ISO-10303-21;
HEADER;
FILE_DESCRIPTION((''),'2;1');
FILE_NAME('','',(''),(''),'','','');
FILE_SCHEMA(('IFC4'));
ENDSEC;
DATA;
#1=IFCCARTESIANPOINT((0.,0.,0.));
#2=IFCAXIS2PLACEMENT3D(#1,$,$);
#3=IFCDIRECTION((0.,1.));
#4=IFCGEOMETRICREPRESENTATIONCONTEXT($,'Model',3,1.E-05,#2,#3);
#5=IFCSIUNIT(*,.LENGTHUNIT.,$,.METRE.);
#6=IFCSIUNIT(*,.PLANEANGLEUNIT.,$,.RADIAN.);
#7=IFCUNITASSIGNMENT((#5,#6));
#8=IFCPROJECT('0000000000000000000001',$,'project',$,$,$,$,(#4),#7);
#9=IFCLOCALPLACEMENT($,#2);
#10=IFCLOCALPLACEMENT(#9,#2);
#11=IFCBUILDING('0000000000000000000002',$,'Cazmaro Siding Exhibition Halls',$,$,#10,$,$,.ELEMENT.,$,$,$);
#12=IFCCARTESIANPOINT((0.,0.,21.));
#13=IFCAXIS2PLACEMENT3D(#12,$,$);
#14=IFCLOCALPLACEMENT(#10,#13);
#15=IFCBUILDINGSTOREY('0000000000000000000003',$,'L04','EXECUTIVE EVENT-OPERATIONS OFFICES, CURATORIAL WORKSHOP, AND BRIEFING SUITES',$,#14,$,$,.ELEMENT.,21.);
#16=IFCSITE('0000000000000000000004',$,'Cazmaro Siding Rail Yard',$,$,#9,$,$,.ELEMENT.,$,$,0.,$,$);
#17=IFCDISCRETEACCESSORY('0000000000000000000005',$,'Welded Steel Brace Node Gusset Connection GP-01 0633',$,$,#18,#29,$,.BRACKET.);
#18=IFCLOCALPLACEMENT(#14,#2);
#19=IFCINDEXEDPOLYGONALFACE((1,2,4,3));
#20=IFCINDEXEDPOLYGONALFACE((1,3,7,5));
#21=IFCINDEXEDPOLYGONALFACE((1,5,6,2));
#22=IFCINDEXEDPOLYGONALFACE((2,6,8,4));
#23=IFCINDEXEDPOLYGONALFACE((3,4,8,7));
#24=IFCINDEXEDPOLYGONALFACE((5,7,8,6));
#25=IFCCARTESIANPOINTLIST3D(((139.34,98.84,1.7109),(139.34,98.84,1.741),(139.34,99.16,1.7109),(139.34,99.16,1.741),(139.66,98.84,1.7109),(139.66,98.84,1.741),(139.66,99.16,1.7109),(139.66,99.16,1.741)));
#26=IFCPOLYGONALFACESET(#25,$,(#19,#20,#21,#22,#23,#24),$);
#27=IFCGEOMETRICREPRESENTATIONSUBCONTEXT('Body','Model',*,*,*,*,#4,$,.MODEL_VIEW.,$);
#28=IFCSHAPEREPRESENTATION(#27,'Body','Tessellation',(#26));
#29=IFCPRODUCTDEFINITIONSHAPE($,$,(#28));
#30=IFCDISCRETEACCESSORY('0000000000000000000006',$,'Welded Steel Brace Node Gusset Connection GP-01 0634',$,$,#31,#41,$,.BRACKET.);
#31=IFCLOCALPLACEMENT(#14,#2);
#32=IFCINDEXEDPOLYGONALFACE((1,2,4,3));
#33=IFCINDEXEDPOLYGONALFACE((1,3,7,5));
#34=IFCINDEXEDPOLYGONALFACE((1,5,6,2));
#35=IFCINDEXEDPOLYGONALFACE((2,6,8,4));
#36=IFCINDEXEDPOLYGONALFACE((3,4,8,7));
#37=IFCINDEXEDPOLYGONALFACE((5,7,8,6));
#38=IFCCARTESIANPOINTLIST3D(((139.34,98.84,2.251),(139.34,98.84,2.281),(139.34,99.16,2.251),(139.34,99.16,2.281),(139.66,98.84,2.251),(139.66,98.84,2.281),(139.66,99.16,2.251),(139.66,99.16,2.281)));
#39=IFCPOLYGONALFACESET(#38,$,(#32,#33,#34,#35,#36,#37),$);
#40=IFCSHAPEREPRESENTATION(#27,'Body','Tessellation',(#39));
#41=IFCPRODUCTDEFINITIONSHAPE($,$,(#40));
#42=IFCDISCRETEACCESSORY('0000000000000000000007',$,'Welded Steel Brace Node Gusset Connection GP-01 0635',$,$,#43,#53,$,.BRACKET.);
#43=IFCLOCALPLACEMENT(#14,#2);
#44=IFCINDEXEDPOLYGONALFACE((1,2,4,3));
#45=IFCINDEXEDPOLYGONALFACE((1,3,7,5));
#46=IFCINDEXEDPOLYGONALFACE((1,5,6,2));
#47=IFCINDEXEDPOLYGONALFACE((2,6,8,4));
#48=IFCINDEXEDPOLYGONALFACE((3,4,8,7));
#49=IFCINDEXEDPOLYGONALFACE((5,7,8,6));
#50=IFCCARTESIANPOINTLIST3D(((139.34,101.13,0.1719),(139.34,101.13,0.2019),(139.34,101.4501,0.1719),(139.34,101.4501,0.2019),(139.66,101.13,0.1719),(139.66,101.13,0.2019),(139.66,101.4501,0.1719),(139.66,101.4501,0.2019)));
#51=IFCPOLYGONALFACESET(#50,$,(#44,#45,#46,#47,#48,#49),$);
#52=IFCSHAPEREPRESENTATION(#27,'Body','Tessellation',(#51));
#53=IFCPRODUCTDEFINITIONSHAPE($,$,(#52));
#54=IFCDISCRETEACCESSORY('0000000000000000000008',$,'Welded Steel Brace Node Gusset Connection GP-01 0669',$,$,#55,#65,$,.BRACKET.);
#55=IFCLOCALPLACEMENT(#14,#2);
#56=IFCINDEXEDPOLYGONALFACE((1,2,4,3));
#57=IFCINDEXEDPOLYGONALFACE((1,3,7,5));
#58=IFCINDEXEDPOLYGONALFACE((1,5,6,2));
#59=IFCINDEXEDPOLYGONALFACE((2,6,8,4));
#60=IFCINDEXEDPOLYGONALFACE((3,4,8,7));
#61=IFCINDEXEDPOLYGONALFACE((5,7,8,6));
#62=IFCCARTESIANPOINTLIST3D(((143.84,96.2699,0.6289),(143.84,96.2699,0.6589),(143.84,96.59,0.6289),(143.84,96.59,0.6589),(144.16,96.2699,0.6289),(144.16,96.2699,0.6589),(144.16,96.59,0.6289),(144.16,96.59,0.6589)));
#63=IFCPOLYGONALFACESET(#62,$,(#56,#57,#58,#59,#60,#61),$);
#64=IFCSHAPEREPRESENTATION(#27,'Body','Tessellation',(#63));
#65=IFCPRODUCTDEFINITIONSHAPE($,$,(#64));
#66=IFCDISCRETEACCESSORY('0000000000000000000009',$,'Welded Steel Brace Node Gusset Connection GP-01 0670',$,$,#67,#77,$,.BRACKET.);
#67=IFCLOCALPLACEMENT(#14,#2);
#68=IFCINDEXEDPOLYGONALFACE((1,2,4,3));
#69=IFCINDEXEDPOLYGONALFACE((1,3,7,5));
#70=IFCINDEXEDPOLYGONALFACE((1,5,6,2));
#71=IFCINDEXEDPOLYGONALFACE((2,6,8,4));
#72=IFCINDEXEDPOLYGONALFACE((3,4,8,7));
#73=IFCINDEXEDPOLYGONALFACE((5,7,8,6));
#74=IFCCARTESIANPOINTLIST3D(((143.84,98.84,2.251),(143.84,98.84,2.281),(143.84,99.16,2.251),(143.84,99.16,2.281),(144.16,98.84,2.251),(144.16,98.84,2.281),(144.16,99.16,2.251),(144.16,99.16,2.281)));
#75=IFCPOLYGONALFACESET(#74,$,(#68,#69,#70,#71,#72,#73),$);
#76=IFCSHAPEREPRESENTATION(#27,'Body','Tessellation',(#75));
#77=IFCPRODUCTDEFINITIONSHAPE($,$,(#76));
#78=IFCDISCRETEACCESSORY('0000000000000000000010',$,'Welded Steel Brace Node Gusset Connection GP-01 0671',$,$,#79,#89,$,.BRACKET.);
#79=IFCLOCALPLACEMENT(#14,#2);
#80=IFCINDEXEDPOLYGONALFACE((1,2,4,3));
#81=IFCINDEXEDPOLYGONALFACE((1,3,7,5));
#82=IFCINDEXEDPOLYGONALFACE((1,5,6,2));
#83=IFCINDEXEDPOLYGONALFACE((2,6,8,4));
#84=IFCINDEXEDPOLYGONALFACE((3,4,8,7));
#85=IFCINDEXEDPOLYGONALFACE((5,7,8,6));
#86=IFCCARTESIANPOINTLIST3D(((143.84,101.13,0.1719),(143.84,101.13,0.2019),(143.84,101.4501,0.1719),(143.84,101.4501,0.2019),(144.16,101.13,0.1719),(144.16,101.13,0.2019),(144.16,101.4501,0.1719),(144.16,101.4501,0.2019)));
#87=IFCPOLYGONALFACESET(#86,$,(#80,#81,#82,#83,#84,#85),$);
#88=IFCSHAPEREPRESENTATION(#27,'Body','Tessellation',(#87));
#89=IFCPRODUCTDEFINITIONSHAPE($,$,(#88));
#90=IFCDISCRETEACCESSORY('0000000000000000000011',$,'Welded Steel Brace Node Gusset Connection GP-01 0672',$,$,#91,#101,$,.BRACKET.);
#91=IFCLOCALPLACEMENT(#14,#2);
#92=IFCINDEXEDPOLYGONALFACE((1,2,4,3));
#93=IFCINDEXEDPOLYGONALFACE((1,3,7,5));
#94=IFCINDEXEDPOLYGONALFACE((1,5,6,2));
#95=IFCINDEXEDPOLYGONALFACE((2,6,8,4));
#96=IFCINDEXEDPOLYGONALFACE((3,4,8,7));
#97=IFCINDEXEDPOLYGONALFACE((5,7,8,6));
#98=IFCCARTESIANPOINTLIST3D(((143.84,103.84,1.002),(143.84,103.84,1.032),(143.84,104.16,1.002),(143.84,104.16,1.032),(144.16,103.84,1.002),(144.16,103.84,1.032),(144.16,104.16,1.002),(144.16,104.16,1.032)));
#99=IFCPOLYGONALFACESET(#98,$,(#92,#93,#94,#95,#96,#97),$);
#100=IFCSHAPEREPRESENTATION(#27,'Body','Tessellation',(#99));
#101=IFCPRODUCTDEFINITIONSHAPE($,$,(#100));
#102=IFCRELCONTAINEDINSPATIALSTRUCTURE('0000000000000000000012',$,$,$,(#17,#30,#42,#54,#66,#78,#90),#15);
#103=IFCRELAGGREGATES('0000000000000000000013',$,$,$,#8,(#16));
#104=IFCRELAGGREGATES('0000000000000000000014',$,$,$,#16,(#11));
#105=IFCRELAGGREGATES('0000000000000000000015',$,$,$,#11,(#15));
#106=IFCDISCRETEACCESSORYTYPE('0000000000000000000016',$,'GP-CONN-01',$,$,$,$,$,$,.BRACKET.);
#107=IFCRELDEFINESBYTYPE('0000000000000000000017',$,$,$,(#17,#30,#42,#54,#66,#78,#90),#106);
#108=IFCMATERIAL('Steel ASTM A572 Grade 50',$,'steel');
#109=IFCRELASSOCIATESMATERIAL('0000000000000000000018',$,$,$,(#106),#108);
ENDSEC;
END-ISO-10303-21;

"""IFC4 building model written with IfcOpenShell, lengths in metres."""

from ifc_helpers import new_model, si_unit, direction, frame, origin, origin_2d, place, context, subcontext, project, spatial, rectangle, extrude, material, type_object, element, save


model = new_model("IFC4")

# Units and contexts
model_context = context("Model", 3, precision=1e-05, world=origin(), true_north=direction((0.0, 1.0)))
body_context = subcontext(model_context, "Body", "Model", "MODEL_VIEW")
ifc_project = project(units=[si_unit("LENGTHUNIT", "METRE"), si_unit("PLANEANGLEUNIT", "RADIAN")], contexts=[model_context])

# Site, building, storey
site_placement = place(None, origin())
site = spatial("IfcSite", under=ifc_project, at=site_placement, Name="Cazmaro Siding Rail Yard", CompositionType="ELEMENT", RefElevation=0.0)
building_placement = place(site_placement, origin())
building = spatial("IfcBuilding", under=site, at=building_placement, Name="Cazmaro Siding Exhibition Halls", CompositionType="ELEMENT")
storey_placement = place(building_placement, frame((0.0, 0.0, 21.0)))
storey = spatial("IfcBuildingStorey", under=building, at=storey_placement, Name="L04", Description="EXECUTIVE EVENT-OPERATIONS OFFICES, CURATORIAL WORKSHOP, AND BRIEFING SUITES", CompositionType="ELEMENT", Elevation=21.0)

# Discrete accessories
ifc_material_1 = material(Name="Steel ASTM A572 Grade 50", Category="steel")
discrete_accessory_type = type_object("IfcDiscreteAccessoryType", Name="GP-CONN-01", PredefinedType="BRACKET", material=ifc_material_1)
for number, where, z_axis, x_axis, name in (
    (1, (139.5, 99.0, 1.7109), (0.0, 0.0, 1.0), (1.0, 0.0, 0.0), "Welded Steel Brace Node Gusset Connection GP-01 0633"),
    (2, (139.5, 99.0, 2.251), (0.0, 0.0, 1.0), (1.0, 0.0, 0.0), "Welded Steel Brace Node Gusset Connection GP-01 0634"),
    (3, (139.5, 101.29, 0.1719), (0.0, 0.0, 1.0), (1.0, 0.0, 0.0), "Welded Steel Brace Node Gusset Connection GP-01 0635"),
    (4, (144.0, 96.4299, 0.6289), (0.0, 0.0, 1.0), (1.0, 0.0, 0.0), "Welded Steel Brace Node Gusset Connection GP-01 0669"),
    (5, (144.0, 99.0, 2.251), (0.0, 0.0, 1.0), (1.0, 0.0, 0.0), "Welded Steel Brace Node Gusset Connection GP-01 0670"),
    (6, (144.0, 101.29, 0.1719), (0.0, 0.0, 1.0), (1.0, 0.0, 0.0), "Welded Steel Brace Node Gusset Connection GP-01 0671"),
    (7, (144.0, 104.0, 1.002), (0.0, 0.0, 1.0), (1.0, 0.0, 0.0), "Welded Steel Brace Node Gusset Connection GP-01 0672"),
):
    element("IfcDiscreteAccessory", number, at=place(storey_placement, frame(where, z_axis=z_axis, x_axis=x_axis)), inside=storey, type_object=discrete_accessory_type, Name=name, PredefinedType="BRACKET", context=body_context, shape_type="SweptSolid", body=[
        extrude(rectangle(XDim=0.3201, YDim=0.3201, at=origin_2d()), origin(), (0.0, 0.0, 1.0), 0.03),
    ])

save(model, "model.ifc")
